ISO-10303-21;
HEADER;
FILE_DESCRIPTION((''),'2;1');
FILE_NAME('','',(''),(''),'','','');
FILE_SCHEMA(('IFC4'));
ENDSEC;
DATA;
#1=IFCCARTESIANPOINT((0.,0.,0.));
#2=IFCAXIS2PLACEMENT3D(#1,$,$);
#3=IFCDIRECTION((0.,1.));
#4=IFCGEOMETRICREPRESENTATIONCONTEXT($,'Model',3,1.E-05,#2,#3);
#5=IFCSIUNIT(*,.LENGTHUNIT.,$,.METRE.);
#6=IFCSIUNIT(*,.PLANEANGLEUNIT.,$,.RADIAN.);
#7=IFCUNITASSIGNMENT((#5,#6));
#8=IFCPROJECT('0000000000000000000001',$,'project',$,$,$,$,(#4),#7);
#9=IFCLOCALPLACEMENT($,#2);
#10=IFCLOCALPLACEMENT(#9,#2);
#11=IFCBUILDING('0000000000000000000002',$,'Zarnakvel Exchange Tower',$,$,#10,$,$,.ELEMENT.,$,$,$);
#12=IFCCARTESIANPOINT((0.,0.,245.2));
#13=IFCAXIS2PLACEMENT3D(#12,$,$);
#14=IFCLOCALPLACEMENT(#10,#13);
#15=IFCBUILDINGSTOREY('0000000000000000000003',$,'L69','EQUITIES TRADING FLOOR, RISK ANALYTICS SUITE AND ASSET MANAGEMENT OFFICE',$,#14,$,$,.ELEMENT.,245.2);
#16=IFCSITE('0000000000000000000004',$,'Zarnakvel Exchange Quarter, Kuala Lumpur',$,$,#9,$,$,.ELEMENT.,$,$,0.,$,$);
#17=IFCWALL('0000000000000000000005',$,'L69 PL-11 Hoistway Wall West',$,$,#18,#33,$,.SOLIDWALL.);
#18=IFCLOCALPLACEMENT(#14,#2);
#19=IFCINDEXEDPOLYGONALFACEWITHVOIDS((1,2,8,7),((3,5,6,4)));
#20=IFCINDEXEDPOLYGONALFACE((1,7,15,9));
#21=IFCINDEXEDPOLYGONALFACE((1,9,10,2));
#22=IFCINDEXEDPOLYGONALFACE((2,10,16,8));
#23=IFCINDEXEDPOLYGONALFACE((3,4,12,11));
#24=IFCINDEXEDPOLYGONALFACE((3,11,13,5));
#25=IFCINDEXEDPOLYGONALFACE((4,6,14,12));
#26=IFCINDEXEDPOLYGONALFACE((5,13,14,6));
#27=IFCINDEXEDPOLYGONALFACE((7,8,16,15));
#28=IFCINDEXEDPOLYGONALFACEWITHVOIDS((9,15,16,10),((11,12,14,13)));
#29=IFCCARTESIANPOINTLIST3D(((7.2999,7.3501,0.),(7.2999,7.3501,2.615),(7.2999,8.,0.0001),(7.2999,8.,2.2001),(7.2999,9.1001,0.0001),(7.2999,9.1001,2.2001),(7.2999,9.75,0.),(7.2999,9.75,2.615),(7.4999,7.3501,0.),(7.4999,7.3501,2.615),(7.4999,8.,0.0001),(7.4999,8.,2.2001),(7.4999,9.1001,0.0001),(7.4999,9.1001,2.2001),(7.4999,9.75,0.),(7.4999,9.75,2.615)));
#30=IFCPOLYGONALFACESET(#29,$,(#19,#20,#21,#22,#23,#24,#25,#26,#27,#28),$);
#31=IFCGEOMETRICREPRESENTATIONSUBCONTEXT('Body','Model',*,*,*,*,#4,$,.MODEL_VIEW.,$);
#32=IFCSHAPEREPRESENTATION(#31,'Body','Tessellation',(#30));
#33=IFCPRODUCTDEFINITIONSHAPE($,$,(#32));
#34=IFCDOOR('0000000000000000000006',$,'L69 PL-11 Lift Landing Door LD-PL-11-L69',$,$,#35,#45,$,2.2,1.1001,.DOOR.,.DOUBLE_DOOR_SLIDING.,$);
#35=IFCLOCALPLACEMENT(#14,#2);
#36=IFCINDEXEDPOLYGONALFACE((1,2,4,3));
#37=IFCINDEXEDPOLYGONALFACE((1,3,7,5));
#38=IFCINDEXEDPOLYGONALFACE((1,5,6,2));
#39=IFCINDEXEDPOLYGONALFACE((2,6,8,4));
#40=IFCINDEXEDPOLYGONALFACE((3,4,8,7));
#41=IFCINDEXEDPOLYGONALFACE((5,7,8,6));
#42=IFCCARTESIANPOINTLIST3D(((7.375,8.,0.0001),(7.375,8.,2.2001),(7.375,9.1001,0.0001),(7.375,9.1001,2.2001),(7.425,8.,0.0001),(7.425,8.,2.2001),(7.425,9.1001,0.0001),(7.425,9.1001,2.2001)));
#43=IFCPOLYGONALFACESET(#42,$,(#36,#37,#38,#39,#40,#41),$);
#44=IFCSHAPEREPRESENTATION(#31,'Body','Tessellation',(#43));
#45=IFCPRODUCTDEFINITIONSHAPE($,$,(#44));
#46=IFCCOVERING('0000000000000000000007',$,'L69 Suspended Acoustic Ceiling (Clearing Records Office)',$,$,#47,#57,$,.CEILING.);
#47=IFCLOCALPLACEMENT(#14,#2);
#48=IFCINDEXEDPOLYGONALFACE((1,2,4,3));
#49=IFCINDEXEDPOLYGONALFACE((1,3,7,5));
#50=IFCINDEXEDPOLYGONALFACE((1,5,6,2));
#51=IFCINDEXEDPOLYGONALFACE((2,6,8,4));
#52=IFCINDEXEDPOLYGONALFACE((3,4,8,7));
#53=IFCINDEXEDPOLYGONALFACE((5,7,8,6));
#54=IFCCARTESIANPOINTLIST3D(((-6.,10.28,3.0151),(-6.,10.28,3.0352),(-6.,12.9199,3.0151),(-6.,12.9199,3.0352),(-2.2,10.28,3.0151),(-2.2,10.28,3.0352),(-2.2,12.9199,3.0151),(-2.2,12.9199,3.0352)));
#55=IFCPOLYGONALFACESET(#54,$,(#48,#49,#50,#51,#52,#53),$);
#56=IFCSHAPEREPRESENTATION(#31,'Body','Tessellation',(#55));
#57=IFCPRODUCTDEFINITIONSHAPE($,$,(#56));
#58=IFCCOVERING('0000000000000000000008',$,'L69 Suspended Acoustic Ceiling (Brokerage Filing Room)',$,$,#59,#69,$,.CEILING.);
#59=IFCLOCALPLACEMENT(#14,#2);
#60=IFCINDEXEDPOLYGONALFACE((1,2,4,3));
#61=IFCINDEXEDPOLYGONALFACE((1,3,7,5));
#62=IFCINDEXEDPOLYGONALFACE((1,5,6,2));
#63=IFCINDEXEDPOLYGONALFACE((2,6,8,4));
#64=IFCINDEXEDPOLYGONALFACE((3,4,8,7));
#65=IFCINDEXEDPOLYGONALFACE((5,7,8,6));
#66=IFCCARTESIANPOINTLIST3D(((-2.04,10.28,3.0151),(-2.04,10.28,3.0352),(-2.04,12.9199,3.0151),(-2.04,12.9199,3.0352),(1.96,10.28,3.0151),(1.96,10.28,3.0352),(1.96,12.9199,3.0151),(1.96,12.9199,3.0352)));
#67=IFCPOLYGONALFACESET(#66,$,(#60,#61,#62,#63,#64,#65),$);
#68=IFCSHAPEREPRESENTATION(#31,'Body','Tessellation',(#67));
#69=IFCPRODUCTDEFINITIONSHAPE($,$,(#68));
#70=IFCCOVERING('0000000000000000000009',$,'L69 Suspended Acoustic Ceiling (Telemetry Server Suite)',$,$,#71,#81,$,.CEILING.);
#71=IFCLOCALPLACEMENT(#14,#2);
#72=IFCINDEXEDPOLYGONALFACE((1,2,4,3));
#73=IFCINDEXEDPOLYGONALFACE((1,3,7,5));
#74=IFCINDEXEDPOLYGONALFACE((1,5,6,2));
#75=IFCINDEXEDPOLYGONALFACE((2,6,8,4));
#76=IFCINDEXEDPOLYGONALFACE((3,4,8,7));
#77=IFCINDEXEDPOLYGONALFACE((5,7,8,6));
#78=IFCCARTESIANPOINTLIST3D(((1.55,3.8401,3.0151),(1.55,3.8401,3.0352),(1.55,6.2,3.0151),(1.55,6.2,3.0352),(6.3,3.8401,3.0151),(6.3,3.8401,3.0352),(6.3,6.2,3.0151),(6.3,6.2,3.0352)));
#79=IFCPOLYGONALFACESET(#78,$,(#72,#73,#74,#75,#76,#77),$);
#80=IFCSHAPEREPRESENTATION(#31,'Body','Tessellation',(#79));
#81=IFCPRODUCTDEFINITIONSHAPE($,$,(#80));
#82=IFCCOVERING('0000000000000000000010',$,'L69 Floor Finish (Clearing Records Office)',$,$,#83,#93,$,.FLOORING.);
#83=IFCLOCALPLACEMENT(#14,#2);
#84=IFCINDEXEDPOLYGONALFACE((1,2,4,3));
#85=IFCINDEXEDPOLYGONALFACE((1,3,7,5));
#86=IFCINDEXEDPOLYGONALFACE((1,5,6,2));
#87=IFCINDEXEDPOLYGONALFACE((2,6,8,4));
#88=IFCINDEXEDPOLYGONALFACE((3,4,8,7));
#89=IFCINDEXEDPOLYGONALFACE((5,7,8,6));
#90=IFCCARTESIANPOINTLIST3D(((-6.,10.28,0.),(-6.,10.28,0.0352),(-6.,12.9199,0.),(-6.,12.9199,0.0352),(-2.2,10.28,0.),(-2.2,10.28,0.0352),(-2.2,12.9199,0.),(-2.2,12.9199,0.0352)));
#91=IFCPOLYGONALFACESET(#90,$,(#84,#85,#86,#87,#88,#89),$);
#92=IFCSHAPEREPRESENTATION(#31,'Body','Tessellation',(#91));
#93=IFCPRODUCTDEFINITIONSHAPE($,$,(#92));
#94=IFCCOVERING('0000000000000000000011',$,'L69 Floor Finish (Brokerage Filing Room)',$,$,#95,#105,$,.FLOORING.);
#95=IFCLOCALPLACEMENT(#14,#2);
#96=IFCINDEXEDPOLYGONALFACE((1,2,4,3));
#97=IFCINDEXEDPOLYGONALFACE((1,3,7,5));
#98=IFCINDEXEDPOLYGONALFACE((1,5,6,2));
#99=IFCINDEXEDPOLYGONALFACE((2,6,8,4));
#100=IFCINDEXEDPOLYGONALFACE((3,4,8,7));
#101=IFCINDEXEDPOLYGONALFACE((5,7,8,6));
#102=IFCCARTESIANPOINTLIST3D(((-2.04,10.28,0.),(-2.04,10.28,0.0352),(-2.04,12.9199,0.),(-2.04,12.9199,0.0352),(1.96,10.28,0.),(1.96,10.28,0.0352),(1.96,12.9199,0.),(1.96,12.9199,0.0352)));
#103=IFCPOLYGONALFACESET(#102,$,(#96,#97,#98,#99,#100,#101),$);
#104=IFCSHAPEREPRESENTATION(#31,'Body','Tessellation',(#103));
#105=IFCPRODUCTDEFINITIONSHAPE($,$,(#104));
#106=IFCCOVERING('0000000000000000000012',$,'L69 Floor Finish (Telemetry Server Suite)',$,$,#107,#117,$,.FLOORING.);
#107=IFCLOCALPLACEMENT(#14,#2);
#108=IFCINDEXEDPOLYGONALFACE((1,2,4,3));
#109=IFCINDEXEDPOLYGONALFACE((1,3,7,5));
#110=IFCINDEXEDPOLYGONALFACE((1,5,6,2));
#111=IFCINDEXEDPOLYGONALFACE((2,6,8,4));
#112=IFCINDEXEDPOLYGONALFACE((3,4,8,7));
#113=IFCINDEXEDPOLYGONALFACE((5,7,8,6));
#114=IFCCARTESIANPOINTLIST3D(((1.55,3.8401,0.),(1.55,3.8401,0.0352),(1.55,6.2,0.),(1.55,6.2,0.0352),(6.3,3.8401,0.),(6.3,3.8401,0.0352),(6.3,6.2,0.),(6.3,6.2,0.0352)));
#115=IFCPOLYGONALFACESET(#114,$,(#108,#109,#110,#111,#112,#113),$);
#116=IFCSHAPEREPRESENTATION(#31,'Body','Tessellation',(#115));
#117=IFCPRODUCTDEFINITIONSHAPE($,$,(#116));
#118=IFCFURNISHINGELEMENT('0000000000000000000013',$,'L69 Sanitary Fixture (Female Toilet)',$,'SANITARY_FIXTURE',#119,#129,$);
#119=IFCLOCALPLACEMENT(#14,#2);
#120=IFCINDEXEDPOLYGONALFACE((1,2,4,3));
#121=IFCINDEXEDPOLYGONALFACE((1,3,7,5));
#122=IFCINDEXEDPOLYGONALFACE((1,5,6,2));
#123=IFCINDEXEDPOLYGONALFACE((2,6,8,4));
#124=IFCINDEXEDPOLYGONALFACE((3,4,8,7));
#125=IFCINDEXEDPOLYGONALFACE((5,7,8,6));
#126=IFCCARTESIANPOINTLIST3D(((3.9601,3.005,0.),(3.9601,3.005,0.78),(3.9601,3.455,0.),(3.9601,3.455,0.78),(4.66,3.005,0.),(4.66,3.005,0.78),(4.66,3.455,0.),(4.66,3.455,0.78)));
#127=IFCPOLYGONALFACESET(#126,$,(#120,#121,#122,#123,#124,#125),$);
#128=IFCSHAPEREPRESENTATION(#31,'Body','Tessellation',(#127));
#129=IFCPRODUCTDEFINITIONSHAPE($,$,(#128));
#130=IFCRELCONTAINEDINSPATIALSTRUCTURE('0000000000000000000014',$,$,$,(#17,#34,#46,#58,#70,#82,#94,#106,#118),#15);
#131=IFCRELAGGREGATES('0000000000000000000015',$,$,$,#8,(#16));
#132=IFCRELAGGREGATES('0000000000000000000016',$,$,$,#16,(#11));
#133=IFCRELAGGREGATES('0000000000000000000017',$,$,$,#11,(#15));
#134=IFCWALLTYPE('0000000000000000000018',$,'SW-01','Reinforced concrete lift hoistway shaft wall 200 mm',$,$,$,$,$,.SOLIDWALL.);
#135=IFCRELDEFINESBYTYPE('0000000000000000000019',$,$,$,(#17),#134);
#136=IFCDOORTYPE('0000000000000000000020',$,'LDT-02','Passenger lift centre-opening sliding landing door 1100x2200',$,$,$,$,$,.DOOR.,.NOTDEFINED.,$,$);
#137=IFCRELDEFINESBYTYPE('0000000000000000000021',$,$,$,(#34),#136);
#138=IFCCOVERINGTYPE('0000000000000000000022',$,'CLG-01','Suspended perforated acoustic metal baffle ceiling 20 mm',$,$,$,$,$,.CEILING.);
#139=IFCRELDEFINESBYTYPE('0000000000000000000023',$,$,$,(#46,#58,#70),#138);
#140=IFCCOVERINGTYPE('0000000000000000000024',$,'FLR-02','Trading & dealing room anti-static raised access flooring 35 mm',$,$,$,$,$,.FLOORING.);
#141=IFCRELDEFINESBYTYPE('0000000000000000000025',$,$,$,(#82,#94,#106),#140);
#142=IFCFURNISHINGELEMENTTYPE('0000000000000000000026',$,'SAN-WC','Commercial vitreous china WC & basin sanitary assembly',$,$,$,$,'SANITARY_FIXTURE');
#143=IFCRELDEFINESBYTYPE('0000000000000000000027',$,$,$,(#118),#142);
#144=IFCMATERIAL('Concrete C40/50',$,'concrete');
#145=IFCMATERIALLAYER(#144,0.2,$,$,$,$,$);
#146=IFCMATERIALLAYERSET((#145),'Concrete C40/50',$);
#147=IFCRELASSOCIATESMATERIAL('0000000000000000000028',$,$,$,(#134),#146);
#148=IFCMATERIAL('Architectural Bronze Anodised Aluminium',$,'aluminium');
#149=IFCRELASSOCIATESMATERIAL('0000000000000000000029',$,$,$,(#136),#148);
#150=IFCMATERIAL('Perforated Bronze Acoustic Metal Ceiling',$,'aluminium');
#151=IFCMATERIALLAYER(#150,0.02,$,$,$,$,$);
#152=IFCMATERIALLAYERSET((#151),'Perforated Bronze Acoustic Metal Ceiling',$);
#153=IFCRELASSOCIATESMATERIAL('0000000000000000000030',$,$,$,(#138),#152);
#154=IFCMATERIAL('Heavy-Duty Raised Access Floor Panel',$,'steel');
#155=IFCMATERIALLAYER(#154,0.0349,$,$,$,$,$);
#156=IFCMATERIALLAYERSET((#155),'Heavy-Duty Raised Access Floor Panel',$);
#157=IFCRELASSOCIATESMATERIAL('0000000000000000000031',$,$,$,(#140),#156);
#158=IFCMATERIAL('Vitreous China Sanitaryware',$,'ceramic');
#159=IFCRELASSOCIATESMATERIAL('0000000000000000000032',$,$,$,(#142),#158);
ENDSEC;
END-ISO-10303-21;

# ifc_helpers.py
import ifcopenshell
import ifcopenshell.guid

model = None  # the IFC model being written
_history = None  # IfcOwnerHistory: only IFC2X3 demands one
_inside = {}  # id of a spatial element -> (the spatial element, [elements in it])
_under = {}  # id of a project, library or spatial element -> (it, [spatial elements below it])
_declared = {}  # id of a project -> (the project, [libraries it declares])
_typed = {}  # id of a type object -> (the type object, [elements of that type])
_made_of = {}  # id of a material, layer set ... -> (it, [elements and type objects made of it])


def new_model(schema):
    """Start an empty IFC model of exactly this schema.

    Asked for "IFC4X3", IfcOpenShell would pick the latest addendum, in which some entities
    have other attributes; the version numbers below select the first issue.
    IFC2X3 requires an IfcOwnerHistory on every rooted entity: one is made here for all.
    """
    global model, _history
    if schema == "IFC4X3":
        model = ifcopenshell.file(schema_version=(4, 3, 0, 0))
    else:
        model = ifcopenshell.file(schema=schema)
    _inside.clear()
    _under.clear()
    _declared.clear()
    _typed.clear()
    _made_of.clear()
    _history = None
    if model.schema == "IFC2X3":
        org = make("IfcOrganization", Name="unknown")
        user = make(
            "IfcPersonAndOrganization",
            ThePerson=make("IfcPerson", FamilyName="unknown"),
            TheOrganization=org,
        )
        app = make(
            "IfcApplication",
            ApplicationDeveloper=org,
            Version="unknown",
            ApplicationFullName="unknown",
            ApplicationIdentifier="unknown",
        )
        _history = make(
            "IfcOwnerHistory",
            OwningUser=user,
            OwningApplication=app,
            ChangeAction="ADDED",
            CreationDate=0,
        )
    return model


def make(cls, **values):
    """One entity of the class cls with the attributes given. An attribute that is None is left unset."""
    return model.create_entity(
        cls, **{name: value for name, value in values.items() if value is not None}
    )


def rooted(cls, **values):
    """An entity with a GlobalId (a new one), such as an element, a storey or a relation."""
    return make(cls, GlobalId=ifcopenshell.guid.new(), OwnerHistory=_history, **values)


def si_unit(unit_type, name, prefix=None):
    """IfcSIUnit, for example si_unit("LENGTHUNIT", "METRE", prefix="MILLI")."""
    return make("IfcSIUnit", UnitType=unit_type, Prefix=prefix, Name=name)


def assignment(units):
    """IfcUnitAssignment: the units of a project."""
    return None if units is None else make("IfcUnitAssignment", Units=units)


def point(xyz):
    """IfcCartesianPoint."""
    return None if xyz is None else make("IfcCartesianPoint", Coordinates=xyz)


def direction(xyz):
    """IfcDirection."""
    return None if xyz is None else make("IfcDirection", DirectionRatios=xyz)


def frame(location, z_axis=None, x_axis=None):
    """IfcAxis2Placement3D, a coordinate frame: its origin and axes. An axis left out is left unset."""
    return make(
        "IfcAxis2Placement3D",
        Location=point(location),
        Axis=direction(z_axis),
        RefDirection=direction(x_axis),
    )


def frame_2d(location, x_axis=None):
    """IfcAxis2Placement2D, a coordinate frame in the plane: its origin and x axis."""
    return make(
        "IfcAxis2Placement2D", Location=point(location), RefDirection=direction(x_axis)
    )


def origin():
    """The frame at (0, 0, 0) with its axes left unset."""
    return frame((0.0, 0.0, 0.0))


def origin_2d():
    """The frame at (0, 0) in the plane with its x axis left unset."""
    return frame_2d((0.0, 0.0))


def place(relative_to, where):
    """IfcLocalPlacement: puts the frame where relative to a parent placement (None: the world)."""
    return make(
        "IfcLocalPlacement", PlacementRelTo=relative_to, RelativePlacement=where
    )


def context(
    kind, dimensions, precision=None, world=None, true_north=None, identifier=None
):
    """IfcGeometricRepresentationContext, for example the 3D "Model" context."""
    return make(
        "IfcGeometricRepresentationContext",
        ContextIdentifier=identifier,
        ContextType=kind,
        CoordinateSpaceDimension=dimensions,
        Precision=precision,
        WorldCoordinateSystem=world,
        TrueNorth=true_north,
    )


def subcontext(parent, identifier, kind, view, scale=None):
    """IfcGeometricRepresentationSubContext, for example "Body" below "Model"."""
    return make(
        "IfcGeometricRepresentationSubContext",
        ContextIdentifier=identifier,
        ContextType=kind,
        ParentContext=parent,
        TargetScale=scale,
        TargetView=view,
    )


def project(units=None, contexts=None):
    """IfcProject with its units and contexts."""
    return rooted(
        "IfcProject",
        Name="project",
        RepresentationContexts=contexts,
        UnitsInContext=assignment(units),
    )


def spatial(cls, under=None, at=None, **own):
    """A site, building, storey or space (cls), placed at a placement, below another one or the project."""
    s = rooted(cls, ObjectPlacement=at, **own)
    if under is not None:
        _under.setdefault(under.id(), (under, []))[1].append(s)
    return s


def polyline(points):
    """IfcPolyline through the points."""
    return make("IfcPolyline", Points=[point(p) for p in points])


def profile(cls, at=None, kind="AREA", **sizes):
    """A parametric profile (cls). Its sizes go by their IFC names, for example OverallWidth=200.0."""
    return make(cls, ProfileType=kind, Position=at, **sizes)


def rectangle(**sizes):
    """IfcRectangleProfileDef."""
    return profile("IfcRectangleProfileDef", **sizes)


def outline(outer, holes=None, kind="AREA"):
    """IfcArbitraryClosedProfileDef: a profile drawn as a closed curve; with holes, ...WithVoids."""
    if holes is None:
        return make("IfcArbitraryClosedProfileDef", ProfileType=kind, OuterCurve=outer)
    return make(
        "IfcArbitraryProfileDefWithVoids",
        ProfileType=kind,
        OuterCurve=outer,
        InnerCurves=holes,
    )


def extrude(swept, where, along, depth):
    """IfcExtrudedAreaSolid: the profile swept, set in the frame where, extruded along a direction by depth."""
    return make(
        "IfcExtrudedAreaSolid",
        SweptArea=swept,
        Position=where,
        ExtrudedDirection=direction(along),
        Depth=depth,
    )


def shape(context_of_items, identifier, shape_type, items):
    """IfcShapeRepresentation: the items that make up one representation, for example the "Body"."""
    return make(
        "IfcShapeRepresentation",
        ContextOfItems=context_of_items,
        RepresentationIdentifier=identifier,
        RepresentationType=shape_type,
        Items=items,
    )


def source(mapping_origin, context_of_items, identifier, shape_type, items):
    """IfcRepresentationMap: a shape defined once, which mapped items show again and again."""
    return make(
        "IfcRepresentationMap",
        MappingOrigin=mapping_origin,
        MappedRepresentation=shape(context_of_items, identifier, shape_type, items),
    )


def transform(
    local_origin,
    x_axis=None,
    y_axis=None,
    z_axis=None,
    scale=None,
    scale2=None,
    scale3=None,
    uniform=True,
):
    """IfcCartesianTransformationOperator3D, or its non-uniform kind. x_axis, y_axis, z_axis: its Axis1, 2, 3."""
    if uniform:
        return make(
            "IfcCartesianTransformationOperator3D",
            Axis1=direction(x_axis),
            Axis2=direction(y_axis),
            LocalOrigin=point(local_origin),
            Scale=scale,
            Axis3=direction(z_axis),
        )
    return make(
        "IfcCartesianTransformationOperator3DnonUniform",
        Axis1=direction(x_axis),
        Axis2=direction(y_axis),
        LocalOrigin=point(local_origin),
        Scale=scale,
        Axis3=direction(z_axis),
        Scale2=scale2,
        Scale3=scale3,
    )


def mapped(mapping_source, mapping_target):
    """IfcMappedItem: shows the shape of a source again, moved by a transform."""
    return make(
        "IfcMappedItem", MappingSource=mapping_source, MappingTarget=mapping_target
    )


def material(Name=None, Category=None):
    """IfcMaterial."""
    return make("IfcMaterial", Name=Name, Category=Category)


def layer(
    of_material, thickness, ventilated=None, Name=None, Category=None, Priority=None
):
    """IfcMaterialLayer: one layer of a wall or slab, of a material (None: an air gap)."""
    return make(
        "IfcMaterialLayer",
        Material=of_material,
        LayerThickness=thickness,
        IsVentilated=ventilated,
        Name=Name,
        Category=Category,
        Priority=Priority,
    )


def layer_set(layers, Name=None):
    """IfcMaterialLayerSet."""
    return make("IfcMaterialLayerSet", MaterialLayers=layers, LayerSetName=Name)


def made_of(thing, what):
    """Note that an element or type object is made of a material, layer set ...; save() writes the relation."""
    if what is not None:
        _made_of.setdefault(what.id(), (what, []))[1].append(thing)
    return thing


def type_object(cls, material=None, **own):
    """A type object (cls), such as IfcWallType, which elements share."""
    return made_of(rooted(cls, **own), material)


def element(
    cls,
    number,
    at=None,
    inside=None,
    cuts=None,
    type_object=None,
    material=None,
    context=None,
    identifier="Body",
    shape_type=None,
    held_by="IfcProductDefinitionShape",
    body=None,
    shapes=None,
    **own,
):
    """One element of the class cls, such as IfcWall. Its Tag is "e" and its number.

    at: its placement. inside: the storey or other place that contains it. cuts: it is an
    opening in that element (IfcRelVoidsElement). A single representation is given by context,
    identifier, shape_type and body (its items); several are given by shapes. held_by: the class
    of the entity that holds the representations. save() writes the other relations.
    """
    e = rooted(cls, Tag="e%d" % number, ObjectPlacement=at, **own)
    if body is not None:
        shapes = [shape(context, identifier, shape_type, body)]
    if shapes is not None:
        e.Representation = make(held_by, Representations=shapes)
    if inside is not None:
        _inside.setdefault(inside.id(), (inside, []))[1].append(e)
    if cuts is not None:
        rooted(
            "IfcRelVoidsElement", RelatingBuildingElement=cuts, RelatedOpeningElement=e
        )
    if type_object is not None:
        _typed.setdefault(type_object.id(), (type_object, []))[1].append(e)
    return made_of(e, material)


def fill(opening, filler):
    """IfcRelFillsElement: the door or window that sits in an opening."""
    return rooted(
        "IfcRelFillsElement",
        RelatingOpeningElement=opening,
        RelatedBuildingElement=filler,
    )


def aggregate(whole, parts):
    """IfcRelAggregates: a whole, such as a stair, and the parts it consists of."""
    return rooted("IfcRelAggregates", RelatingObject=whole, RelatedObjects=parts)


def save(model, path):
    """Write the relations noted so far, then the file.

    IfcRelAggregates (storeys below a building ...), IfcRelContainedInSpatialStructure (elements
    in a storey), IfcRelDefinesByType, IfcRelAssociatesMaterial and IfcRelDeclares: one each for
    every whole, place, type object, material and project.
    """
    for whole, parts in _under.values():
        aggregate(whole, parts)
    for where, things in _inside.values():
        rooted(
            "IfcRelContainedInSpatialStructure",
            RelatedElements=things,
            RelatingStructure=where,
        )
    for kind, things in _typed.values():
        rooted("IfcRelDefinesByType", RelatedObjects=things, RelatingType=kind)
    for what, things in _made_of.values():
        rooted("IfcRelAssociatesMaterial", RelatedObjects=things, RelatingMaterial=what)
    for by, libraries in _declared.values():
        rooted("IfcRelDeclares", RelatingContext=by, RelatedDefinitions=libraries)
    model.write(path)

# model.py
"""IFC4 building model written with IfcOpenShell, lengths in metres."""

from ifc_helpers import new_model, si_unit, direction, frame, frame_2d, origin, origin_2d, place, context, subcontext, project, spatial, polyline, rectangle, outline, extrude, source, transform, mapped, material, layer, layer_set, type_object, element, fill, save


model = new_model("IFC4")

# Units and contexts
model_context = context("Model", 3, precision=1e-05, world=origin(), true_north=direction((0.0, 1.0)))
body_context = subcontext(model_context, "Body", "Model", "MODEL_VIEW")
ifc_project = project(units=[si_unit("LENGTHUNIT", "METRE"), si_unit("PLANEANGLEUNIT", "RADIAN")], contexts=[model_context])

# Site, building, storey
site_placement = place(None, origin())
site = spatial("IfcSite", under=ifc_project, at=site_placement, Name="Zarnakvel Exchange Quarter, Kuala Lumpur", CompositionType="ELEMENT", RefElevation=0.0)
building_placement = place(site_placement, origin())
building = spatial("IfcBuilding", under=site, at=building_placement, Name="Zarnakvel Exchange Tower", CompositionType="ELEMENT")
storey_placement = place(building_placement, frame((0.0, 0.0, 245.2)))
storey = spatial("IfcBuildingStorey", under=building, at=storey_placement, Name="L69", Description="EQUITIES TRADING FLOOR, RISK ANALYTICS SUITE AND ASSET MANAGEMENT OFFICE", CompositionType="ELEMENT", Elevation=245.2)

# Shared definitions
ifc_material_1 = material(Name="Concrete C40/50", Category="concrete")

# Shared definitions
ifc_layer_1 = layer(ifc_material_1, 0.2)
ifc_layer_set_1 = layer_set([ifc_layer_1], Name="Concrete C40/50")
wall_type_1 = type_object("IfcWallType", Name="SW-01", Description="Reinforced concrete lift hoistway shaft wall 200 mm", PredefinedType="SOLIDWALL", material=ifc_layer_set_1)

# Wall, opening, door
wall_1_placement = place(storey_placement, frame((7.3999, 7.3501, 0.0), z_axis=(0.0, 0.0, 1.0), x_axis=(0.0, 1.0, 0.0)))
wall_1 = element("IfcWall", 1, at=wall_1_placement, inside=storey, type_object=wall_type_1, Name="L69 PL-11 Hoistway Wall West", PredefinedType="SOLIDWALL", context=body_context, shape_type="SweptSolid", body=[
    extrude(rectangle(XDim=2.3999, YDim=0.2, at=frame_2d((1.2, 0.0))), origin(), (0.0, 0.0, 1.0), 2.615),
])
opening_1_placement = place(wall_1_placement, frame((0.6499, 0.0, 0.0)))
opening_1 = element("IfcOpeningElement", 2, at=opening_1_placement, cuts=wall_1, PredefinedType="OPENING", context=body_context, shape_type="SweptSolid", body=[
    extrude(rectangle(XDim=1.1001, YDim=2.2, at=frame_2d((0.55, 1.1001))), frame((0.0, 0.1099, 0.0), z_axis=(0.0, -1.0, 0.0), x_axis=(1.0, 0.0, 0.0)), (0.0, 0.0, 1.0), 0.22),
])
ifc_material_2 = material(Name="Architectural Bronze Anodised Aluminium", Category="aluminium")
door_type_1 = type_object("IfcDoorType", Name="LDT-02", Description="Passenger lift centre-opening sliding landing door 1100x2200", OperationType="NOTDEFINED", PredefinedType="DOOR", material=ifc_material_2)
shared_shape_1 = source(origin(), body_context, "Body", "SweptSolid", [
    extrude(rectangle(XDim=1.1001, YDim=2.2, at=frame_2d((0.55, 1.1001))), frame((0.0, 0.0249, 0.0), z_axis=(0.0, -1.0, 0.0), x_axis=(1.0, 0.0, 0.0)), (0.0, 0.0, 1.0), 0.05),
])
door_1_placement = place(opening_1_placement, origin())
door_1 = element("IfcDoor", 3, at=door_1_placement, inside=storey, type_object=door_type_1, Name="L69 PL-11 Lift Landing Door LD-PL-11-L69", OperationType="DOUBLE_DOOR_SLIDING", OverallHeight=2.2, OverallWidth=1.1001, PredefinedType="DOOR", context=body_context, shape_type="MappedRepresentation", body=[
    mapped(shared_shape_1, transform((0.0, 0.0, 0.0), x_axis=(1.0, 0.0, 0.0), y_axis=(0.0, 1.0, 0.0), z_axis=(0.0, 0.0, 1.0), scale=1.0)),
])
fill(opening_1, door_1)

# Coverings
ifc_material_3 = material(Name="Perforated Bronze Acoustic Metal Ceiling", Category="aluminium")
ifc_layer_2 = layer(ifc_material_3, 0.02)
ifc_layer_set_2 = layer_set([ifc_layer_2], Name="Perforated Bronze Acoustic Metal Ceiling")
covering_type_1 = type_object("IfcCoveringType", Name="CLG-01", Description="Suspended perforated acoustic metal baffle ceiling 20 mm", PredefinedType="CEILING", material=ifc_layer_set_2)
covering_1_placement = place(storey_placement, frame((0.0, 0.0, 3.0151)))
element("IfcCovering", 4, at=covering_1_placement, inside=storey, type_object=covering_type_1, Name="L69 Suspended Acoustic Ceiling (Clearing Records Office)", PredefinedType="CEILING", context=body_context, shape_type="SweptSolid", body=[
    extrude(outline(polyline([(-6.0, 12.9199), (-2.2, 12.9199), (-2.2, 10.28), (-6.0, 10.28), (-6.0, 12.9199)])), origin(), (0.0, 0.0, 1.0), 0.02),
])
covering_2_placement = place(storey_placement, frame((0.0, 0.0, 3.0151)))
element("IfcCovering", 5, at=covering_2_placement, inside=storey, type_object=covering_type_1, Name="L69 Suspended Acoustic Ceiling (Brokerage Filing Room)", PredefinedType="CEILING", context=body_context, shape_type="SweptSolid", body=[
    extrude(outline(polyline([(-2.04, 12.9199), (1.96, 12.9199), (1.96, 10.28), (-2.04, 10.28), (-2.04, 12.9199)])), origin(), (0.0, 0.0, 1.0), 0.02),
])
covering_3_placement = place(storey_placement, frame((0.0, 0.0, 3.0151)))
element("IfcCovering", 6, at=covering_3_placement, inside=storey, type_object=covering_type_1, Name="L69 Suspended Acoustic Ceiling (Telemetry Server Suite)", PredefinedType="CEILING", context=body_context, shape_type="SweptSolid", body=[
    extrude(outline(polyline([(1.55, 6.2), (6.3, 6.2), (6.3, 3.8401), (1.55, 3.8401), (1.55, 6.2)])), origin(), (0.0, 0.0, 1.0), 0.02),
])
ifc_material_4 = material(Name="Heavy-Duty Raised Access Floor Panel", Category="steel")
ifc_layer_3 = layer(ifc_material_4, 0.0349)
ifc_layer_set_3 = layer_set([ifc_layer_3], Name="Heavy-Duty Raised Access Floor Panel")
covering_type_2 = type_object("IfcCoveringType", Name="FLR-02", Description="Trading & dealing room anti-static raised access flooring 35 mm", PredefinedType="FLOORING", material=ifc_layer_set_3)
covering_4_placement = place(storey_placement, origin())
element("IfcCovering", 7, at=covering_4_placement, inside=storey, type_object=covering_type_2, Name="L69 Floor Finish (Clearing Records Office)", PredefinedType="FLOORING", context=body_context, shape_type="SweptSolid", body=[
    extrude(outline(polyline([(-6.0, 12.9199), (-2.2, 12.9199), (-2.2, 10.28), (-6.0, 10.28), (-6.0, 12.9199)])), origin(), (0.0, 0.0, 1.0), 0.0352),
])
covering_5_placement = place(storey_placement, origin())
element("IfcCovering", 8, at=covering_5_placement, inside=storey, type_object=covering_type_2, Name="L69 Floor Finish (Brokerage Filing Room)", PredefinedType="FLOORING", context=body_context, shape_type="SweptSolid", body=[
    extrude(outline(polyline([(-2.04, 12.9199), (1.96, 12.9199), (1.96, 10.28), (-2.04, 10.28), (-2.04, 12.9199)])), origin(), (0.0, 0.0, 1.0), 0.0352),
])
covering_6_placement = place(storey_placement, origin())
element("IfcCovering", 9, at=covering_6_placement, inside=storey, type_object=covering_type_2, Name="L69 Floor Finish (Telemetry Server Suite)", PredefinedType="FLOORING", context=body_context, shape_type="SweptSolid", body=[
    extrude(outline(polyline([(1.55, 6.2), (6.3, 6.2), (6.3, 3.8401), (1.55, 3.8401), (1.55, 6.2)])), origin(), (0.0, 0.0, 1.0), 0.0352),
])

# Furnishing element
ifc_material_5 = material(Name="Vitreous China Sanitaryware", Category="ceramic")
furnishing_element_type = type_object("IfcFurnishingElementType", Name="SAN-WC", Description="Commercial vitreous china WC & basin sanitary assembly", ElementType="SANITARY_FIXTURE", material=ifc_material_5)
shared_shape_2 = source(origin(), body_context, "Body", "SweptSolid", [
    extrude(rectangle(XDim=0.7, YDim=0.45, at=origin_2d()), origin(), (0.0, 0.0, 1.0), 0.78),
])
furnishing_placement = place(storey_placement, frame((4.3101, 3.23, 0.0), z_axis=(0.0, 0.0, 1.0), x_axis=(1.0, 0.0, 0.0)))
element("IfcFurnishingElement", 10, at=furnishing_placement, inside=storey, type_object=furnishing_element_type, Name="L69 Sanitary Fixture (Female Toilet)", ObjectType="SANITARY_FIXTURE", context=body_context, shape_type="MappedRepresentation", body=[
    mapped(shared_shape_2, transform((0.0, 0.0, 0.0), x_axis=(1.0, 0.0, 0.0), y_axis=(0.0, 1.0, 0.0), z_axis=(0.0, 0.0, 1.0), scale=1.0)),
])

save(model, "model.ifc")
